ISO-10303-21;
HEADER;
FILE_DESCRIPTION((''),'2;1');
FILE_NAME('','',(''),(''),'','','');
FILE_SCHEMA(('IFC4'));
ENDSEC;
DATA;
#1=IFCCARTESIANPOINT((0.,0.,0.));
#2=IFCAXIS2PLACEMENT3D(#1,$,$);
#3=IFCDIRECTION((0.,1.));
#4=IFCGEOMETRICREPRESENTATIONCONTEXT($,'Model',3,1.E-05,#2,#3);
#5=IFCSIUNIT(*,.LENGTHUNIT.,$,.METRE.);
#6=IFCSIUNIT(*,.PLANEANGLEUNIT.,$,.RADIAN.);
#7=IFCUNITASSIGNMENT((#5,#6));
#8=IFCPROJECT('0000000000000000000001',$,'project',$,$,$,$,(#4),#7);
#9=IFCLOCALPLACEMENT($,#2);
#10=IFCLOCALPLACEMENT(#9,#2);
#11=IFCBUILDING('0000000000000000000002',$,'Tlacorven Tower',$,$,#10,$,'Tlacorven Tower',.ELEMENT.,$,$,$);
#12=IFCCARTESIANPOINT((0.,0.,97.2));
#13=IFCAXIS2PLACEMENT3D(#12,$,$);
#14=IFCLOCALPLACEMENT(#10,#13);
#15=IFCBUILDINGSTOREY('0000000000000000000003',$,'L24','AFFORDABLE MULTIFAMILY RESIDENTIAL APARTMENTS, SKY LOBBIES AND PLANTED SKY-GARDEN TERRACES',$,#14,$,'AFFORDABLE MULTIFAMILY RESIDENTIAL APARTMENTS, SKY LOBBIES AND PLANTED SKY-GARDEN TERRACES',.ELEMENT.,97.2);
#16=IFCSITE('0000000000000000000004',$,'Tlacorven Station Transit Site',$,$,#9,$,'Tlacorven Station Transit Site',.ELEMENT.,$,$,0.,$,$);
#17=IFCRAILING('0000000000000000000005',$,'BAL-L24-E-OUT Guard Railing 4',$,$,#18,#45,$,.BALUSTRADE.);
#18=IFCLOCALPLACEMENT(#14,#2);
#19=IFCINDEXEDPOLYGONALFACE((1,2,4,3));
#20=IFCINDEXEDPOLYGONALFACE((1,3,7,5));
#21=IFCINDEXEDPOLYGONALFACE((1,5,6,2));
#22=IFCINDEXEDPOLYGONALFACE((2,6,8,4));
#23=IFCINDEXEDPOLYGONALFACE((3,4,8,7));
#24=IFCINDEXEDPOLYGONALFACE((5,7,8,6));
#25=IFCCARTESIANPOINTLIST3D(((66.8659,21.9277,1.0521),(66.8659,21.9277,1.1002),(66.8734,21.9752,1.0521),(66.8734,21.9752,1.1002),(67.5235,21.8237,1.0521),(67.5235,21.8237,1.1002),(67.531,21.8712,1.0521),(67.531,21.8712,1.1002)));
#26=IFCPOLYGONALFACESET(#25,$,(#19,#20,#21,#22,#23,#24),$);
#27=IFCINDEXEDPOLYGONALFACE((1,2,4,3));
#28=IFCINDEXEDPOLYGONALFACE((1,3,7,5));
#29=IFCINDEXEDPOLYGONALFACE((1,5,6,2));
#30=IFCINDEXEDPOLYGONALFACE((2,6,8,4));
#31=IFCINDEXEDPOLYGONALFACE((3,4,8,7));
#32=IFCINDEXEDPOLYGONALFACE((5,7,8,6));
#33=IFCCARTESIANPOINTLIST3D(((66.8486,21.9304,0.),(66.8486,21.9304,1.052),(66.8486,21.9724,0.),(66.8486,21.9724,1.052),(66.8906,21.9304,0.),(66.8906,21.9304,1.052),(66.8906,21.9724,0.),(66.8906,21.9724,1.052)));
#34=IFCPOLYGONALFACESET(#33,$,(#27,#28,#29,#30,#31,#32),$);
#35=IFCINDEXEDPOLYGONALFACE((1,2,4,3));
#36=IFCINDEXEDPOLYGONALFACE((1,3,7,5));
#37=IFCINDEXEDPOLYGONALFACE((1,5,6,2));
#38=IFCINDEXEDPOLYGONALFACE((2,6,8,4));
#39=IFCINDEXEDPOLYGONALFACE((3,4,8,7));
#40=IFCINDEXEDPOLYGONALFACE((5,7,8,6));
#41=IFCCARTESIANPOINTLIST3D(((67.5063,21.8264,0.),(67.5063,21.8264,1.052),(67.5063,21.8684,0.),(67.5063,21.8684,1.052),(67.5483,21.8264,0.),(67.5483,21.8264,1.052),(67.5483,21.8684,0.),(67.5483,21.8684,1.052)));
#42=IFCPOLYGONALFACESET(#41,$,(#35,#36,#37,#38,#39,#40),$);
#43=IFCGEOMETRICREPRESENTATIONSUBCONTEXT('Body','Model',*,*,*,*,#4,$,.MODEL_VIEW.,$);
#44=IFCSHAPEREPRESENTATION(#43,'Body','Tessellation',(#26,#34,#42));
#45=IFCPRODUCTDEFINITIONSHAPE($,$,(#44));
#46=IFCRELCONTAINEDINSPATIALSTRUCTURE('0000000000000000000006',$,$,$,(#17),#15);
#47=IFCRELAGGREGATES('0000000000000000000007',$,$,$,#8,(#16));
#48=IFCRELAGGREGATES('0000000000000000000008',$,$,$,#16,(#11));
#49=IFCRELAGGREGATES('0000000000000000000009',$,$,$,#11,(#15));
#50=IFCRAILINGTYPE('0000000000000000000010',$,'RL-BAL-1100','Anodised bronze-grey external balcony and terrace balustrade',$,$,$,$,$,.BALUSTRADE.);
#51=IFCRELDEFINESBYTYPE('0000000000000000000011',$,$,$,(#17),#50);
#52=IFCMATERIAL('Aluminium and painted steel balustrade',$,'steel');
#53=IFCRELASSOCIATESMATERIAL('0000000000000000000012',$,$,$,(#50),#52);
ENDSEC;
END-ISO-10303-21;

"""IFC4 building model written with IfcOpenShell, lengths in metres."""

from ifc_helpers import new_model, si_unit, direction, frame, origin, origin_2d, place, context, subcontext, project, spatial, rectangle, extrude, source, transform, mapped, material, type_object, element, save


model = new_model("IFC4")

# Units and contexts
model_context = context("Model", 3, precision=1e-05, world=origin(), true_north=direction((0.0, 1.0)))
body_context = subcontext(model_context, "Body", "Model", "MODEL_VIEW")
ifc_project = project(units=[si_unit("LENGTHUNIT", "METRE"), si_unit("PLANEANGLEUNIT", "RADIAN")], contexts=[model_context])

# Site, building, storey
site_placement = place(None, origin())
site = spatial("IfcSite", under=ifc_project, at=site_placement, Name="Tlacorven Station Transit Site", LongName="Tlacorven Station Transit Site", CompositionType="ELEMENT", RefElevation=0.0)
building_placement = place(site_placement, origin())
building = spatial("IfcBuilding", under=site, at=building_placement, Name="Tlacorven Tower", LongName="Tlacorven Tower", CompositionType="ELEMENT")
storey_placement = place(building_placement, frame((0.0, 0.0, 97.2)))
storey = spatial("IfcBuildingStorey", under=building, at=storey_placement, Name="L24", Description="AFFORDABLE MULTIFAMILY RESIDENTIAL APARTMENTS, SKY LOBBIES AND PLANTED SKY-GARDEN TERRACES", LongName="AFFORDABLE MULTIFAMILY RESIDENTIAL APARTMENTS, SKY LOBBIES AND PLANTED SKY-GARDEN TERRACES", CompositionType="ELEMENT", Elevation=97.2)

# Railing
ifc_material_1 = material(Name="Aluminium and painted steel balustrade", Category="steel")
railing_type = type_object("IfcRailingType", Name="RL-BAL-1100", Description="Anodised bronze-grey external balcony and terrace balustrade", PredefinedType="BALUSTRADE", material=ifc_material_1)
shared_shape_1 = source(origin(), body_context, "Body", "SweptSolid", [
    extrude(rectangle(XDim=0.0481, YDim=0.0481, at=origin_2d()), frame((0.0, 0.0, 1.0762), z_axis=(0.987727, -0.156188, 0.0), x_axis=(0.156188, 0.987727, 0.0)), (0.0, 0.0, 1.0), 0.6658),
    extrude(rectangle(XDim=0.042, YDim=0.042, at=origin_2d()), origin(), (0.0, 0.0, 1.0), 1.052),
    extrude(rectangle(XDim=0.042, YDim=0.042, at=origin_2d()), frame((0.6577, -0.104, 0.0)), (0.0, 0.0, 1.0), 1.052),
])
railing_1_placement = place(storey_placement, frame((66.8696, 21.9514, 0.0)))
element("IfcRailing", 1, at=railing_1_placement, inside=storey, type_object=railing_type, Name="BAL-L24-E-OUT Guard Railing 4", PredefinedType="BALUSTRADE", context=body_context, shape_type="MappedRepresentation", body=[
    mapped(shared_shape_1, transform((0.0, 0.0, 0.0), scale=1.0)),
])

save(model, "model.ifc")
